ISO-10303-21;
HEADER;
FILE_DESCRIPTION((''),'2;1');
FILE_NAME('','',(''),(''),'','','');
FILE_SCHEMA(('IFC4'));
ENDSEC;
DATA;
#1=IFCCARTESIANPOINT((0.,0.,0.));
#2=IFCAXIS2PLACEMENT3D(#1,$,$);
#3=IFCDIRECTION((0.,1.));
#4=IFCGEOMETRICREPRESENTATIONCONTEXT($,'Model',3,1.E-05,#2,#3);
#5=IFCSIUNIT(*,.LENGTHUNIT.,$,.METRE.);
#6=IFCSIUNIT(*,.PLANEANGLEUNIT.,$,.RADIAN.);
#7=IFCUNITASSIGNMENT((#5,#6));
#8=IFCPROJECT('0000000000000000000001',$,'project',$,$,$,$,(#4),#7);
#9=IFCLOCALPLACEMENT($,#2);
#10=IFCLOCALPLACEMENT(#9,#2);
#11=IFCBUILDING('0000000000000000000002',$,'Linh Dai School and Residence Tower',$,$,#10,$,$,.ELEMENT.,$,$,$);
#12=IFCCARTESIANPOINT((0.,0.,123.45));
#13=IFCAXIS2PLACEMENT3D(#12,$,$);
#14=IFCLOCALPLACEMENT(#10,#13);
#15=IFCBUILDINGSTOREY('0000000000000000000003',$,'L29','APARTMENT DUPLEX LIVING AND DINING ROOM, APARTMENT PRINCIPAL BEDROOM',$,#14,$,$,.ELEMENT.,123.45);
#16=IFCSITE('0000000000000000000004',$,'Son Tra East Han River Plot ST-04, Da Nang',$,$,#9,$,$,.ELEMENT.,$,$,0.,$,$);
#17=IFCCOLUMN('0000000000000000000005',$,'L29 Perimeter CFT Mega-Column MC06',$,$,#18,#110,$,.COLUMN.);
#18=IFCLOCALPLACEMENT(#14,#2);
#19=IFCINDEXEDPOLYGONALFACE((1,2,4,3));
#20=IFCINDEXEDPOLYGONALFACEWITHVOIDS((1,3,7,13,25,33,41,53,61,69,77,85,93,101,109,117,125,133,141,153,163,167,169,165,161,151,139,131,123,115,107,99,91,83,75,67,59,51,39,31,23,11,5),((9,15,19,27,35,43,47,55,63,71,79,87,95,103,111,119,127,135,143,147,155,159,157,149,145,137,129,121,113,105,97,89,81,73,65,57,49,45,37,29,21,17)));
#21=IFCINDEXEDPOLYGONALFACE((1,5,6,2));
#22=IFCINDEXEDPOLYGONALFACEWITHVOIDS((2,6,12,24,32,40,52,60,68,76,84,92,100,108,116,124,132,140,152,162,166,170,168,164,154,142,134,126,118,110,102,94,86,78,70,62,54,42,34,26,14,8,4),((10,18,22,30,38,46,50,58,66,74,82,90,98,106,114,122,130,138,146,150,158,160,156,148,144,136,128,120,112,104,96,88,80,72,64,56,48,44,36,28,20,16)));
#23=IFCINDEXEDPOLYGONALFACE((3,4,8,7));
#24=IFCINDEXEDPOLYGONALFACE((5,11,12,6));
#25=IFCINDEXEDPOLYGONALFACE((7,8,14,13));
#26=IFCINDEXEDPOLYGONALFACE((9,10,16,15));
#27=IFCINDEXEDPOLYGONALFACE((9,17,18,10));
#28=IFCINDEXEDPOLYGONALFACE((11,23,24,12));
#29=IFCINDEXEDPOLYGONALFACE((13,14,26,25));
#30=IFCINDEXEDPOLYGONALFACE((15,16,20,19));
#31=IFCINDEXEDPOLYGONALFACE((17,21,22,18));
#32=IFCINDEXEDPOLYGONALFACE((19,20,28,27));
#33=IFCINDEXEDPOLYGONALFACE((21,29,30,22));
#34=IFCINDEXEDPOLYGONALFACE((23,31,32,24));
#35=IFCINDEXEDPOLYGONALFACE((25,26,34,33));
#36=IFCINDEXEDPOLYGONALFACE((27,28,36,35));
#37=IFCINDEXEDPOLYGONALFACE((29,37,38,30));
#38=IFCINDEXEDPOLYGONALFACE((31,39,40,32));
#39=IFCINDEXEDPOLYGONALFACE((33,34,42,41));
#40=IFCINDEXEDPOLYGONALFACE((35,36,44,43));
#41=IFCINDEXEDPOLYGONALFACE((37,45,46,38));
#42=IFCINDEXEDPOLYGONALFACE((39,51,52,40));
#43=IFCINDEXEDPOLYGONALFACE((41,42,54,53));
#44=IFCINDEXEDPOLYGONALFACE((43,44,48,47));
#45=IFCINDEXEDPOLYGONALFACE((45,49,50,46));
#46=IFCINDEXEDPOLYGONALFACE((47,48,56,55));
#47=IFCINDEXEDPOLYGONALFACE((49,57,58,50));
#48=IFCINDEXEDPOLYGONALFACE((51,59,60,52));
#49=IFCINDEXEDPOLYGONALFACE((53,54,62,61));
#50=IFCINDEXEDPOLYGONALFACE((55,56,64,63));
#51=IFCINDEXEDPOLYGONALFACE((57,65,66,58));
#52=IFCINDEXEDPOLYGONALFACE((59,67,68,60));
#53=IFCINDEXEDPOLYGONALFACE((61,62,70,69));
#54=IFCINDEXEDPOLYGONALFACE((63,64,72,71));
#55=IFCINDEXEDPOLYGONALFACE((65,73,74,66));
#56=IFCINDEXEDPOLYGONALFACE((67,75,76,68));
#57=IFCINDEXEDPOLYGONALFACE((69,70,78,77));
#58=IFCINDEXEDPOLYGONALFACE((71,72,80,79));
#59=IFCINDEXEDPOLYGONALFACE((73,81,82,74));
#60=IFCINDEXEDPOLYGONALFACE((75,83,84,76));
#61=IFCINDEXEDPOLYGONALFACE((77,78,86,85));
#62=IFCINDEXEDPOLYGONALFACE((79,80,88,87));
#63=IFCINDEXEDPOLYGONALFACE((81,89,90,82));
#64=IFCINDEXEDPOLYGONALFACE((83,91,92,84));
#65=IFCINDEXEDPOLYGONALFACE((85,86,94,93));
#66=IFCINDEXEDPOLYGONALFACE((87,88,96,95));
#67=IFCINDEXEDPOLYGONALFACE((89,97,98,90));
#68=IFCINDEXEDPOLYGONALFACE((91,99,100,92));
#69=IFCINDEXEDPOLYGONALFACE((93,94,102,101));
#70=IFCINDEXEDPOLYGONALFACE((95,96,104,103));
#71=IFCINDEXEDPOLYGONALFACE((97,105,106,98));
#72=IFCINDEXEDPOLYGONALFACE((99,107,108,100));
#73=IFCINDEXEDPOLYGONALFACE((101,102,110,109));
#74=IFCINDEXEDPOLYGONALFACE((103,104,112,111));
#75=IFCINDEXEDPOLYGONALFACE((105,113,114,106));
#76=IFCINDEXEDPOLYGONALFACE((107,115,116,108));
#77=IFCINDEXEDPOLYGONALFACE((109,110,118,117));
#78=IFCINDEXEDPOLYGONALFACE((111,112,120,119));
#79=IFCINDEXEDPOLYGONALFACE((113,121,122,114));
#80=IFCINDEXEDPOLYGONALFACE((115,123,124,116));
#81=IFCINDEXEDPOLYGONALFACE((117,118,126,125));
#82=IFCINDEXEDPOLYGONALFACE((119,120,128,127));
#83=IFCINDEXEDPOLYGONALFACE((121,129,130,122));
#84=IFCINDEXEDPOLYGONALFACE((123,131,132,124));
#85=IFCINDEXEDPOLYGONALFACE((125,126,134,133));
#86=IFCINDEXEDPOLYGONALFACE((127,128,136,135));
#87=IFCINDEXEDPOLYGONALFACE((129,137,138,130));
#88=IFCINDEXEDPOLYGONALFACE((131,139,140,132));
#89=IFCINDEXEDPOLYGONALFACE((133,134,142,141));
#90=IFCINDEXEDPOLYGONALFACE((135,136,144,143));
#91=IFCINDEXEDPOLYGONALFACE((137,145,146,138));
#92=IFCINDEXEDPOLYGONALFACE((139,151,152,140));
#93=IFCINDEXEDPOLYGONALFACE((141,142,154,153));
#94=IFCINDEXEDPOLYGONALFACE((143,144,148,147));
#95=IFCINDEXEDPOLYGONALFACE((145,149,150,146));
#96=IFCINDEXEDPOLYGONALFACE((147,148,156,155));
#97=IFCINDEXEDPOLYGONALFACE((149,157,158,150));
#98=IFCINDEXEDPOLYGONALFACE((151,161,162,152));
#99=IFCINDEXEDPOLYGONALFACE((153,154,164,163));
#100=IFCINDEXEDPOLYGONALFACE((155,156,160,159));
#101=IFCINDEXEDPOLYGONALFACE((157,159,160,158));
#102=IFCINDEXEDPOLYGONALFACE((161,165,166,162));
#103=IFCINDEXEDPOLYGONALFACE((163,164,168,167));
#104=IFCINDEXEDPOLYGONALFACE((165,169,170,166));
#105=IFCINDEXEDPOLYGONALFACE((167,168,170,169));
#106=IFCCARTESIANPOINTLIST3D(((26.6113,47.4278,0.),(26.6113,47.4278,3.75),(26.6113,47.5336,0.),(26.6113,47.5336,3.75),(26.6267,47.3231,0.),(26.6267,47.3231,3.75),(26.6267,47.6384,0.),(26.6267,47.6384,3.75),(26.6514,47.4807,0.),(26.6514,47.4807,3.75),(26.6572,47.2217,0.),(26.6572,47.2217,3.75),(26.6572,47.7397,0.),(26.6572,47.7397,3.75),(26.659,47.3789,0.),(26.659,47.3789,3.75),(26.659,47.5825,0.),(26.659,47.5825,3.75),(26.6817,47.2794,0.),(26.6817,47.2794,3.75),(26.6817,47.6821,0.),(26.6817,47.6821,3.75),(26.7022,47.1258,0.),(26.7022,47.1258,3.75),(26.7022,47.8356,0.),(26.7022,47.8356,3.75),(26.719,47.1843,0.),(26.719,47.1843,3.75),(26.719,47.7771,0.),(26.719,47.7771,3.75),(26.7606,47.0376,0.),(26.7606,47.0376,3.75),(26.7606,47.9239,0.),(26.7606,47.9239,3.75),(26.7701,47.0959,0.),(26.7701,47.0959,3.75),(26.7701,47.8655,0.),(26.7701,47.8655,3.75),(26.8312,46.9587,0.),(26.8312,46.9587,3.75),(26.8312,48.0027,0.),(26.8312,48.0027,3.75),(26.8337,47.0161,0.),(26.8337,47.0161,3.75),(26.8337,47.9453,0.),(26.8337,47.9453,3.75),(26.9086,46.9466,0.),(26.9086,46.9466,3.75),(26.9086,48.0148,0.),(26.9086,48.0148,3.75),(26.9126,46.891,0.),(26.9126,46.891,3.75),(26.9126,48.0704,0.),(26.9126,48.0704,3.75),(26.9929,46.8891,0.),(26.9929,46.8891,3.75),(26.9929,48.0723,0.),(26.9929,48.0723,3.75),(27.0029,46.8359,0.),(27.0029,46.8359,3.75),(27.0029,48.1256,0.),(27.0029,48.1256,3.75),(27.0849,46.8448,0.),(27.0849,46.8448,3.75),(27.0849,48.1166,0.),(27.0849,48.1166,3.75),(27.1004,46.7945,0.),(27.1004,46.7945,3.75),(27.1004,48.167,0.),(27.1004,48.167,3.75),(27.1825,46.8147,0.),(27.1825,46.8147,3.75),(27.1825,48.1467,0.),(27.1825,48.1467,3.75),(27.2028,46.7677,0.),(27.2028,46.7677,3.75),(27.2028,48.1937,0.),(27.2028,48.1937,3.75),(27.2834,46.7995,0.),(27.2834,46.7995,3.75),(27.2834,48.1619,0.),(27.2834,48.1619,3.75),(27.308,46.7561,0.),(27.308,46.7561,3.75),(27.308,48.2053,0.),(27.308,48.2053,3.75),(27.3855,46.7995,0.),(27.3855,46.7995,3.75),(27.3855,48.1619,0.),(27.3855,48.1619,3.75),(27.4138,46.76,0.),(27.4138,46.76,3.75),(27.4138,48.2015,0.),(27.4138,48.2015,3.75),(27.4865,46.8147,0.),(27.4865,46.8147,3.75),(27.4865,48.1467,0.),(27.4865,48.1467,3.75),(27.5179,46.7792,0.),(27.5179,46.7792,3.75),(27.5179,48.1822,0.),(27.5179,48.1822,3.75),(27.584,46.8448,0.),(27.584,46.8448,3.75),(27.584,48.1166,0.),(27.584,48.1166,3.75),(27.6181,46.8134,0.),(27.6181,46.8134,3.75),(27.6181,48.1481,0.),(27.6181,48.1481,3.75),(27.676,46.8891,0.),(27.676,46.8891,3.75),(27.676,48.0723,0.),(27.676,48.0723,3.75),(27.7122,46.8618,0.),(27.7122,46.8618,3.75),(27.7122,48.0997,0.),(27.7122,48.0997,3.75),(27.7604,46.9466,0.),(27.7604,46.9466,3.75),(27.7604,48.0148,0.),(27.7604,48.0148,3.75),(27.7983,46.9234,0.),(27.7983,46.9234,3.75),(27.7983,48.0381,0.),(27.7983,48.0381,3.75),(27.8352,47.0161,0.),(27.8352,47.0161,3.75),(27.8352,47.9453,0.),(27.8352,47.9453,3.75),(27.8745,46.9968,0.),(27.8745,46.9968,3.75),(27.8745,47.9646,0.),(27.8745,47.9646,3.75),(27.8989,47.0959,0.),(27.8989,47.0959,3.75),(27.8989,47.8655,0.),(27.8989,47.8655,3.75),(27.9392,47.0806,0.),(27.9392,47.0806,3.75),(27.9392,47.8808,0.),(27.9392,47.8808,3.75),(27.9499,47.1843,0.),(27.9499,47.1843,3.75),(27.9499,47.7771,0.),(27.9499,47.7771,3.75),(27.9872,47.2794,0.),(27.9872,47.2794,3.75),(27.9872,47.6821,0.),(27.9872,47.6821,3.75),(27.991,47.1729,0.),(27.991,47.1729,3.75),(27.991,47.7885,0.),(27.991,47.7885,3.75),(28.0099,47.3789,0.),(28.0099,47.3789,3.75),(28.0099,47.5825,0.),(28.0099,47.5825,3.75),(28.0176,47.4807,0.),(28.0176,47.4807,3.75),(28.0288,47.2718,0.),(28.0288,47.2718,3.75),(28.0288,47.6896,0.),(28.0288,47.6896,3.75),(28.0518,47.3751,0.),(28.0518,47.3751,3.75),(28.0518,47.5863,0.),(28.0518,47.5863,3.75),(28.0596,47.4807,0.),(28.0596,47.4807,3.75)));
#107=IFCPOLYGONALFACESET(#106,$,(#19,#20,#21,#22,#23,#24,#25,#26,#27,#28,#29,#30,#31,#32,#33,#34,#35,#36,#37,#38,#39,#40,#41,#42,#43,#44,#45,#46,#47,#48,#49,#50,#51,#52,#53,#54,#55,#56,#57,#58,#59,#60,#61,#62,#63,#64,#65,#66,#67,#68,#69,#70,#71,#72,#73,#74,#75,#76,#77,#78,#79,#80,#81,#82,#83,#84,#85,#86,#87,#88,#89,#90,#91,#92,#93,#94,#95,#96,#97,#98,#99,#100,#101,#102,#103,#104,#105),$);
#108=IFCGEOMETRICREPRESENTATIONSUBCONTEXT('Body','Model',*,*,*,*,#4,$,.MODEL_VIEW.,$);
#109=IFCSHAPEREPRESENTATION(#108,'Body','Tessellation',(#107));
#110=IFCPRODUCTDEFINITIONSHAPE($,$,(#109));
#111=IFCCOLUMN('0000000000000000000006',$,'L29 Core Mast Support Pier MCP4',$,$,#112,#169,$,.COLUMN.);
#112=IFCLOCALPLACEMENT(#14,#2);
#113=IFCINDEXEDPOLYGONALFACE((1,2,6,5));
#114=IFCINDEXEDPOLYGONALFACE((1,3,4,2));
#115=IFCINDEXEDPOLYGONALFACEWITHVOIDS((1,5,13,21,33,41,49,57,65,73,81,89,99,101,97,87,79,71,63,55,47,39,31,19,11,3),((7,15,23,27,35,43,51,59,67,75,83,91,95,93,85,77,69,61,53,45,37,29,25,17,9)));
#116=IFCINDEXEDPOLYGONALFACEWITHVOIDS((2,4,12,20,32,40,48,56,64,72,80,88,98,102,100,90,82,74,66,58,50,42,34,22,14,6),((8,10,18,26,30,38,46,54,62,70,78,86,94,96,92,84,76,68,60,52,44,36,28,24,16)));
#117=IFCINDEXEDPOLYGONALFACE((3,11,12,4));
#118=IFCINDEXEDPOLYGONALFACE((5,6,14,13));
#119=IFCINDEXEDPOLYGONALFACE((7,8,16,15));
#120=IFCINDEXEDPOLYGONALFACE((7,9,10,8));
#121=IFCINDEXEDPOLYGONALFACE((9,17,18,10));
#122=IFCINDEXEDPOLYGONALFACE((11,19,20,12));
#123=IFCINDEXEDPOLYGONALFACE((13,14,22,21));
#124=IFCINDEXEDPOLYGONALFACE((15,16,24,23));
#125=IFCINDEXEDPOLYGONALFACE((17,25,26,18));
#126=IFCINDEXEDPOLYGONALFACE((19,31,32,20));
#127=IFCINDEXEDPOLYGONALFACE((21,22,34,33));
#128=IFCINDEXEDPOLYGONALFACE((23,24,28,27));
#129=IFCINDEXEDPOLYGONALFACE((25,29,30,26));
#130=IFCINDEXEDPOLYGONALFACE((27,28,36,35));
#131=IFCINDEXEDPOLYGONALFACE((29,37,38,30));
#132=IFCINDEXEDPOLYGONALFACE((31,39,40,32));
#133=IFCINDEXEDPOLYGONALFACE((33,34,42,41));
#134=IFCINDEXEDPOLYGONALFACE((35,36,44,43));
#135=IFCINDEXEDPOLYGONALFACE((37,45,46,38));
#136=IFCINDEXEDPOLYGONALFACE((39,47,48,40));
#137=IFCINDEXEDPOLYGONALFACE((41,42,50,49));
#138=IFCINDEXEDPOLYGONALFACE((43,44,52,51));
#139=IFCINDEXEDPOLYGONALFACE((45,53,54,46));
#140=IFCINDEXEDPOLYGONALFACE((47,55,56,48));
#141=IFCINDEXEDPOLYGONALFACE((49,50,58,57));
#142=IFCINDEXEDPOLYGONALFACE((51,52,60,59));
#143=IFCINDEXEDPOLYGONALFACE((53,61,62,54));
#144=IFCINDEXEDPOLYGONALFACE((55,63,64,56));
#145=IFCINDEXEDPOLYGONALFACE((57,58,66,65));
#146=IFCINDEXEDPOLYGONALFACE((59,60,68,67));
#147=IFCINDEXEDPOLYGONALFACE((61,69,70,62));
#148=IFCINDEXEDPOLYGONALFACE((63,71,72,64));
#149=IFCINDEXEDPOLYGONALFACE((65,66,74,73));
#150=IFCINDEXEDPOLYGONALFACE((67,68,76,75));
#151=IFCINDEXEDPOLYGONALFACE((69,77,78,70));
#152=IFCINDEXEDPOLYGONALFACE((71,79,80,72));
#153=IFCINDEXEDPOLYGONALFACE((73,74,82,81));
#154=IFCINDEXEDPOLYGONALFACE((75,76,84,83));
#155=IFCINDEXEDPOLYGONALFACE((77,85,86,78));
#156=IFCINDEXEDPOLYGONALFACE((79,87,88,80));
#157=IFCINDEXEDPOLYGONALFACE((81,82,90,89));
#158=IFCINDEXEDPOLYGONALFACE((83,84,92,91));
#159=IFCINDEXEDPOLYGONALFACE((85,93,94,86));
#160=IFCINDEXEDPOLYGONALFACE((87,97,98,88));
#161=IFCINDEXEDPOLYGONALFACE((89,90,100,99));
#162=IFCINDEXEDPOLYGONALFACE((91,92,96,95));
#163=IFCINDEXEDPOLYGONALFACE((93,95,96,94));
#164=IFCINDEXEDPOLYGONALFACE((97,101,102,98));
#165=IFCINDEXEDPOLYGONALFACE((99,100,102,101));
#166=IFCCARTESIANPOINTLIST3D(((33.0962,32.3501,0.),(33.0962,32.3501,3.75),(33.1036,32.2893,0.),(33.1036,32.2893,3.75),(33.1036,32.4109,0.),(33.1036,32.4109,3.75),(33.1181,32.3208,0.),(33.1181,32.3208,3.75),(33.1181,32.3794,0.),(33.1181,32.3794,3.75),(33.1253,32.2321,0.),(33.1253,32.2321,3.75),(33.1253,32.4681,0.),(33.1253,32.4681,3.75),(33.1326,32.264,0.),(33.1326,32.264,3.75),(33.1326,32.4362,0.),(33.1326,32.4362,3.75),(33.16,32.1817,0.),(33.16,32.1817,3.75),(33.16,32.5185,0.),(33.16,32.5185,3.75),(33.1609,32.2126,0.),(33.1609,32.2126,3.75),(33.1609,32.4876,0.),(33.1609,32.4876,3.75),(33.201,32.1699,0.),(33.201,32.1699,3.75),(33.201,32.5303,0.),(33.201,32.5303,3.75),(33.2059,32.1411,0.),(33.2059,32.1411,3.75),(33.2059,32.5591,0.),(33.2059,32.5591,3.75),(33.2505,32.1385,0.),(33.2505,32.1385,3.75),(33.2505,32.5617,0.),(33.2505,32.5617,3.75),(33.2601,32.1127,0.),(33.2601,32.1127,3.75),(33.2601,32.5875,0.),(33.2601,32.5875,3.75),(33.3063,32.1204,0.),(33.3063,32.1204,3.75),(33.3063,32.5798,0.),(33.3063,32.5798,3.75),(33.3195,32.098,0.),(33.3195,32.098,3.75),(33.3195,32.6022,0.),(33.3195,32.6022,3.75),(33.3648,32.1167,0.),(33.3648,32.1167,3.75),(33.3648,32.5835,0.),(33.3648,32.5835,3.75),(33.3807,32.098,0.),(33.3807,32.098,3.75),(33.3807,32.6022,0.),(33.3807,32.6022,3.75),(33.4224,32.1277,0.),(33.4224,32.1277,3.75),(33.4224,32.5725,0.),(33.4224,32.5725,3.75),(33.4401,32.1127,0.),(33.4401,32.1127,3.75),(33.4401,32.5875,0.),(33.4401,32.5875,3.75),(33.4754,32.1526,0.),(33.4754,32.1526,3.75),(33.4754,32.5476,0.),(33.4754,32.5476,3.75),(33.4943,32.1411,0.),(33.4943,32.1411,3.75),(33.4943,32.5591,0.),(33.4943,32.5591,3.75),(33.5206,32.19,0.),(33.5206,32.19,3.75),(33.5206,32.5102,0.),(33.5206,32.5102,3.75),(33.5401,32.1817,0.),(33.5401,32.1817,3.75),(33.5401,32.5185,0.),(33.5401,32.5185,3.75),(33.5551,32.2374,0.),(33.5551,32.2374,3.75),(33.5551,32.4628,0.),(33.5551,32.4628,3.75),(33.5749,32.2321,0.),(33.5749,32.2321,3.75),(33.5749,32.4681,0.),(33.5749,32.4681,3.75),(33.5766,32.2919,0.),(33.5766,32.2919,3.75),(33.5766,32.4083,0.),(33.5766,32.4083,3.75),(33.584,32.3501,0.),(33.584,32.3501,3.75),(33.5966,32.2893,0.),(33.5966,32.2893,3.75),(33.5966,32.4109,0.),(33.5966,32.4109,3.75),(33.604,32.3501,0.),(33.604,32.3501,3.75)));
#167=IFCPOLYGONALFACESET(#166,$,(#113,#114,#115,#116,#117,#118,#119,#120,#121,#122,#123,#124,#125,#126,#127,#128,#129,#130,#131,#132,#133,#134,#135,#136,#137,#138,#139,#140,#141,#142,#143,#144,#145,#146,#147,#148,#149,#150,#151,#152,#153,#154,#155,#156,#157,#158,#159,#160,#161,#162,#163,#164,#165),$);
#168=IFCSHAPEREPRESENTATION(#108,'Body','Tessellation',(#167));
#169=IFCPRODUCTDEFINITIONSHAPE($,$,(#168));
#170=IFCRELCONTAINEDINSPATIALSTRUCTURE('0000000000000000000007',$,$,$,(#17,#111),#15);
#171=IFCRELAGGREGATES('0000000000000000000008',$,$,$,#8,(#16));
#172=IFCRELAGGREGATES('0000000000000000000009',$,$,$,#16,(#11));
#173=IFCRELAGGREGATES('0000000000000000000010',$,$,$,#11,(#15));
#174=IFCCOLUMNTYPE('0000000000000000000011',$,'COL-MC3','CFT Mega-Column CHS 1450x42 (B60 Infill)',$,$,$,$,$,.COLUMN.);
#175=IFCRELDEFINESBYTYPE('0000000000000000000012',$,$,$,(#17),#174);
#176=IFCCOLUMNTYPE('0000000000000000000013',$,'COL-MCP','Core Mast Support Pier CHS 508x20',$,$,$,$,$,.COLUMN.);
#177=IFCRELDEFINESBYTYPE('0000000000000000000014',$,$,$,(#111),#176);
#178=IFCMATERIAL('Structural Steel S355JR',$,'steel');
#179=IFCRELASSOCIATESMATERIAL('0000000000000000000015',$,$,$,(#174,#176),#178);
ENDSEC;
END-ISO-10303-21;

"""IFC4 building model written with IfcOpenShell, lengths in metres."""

from ifc_helpers import new_model, si_unit, direction, frame, origin, origin_2d, place, context, subcontext, project, spatial, hollow_circle, extrude, material, material_profile, profile_set, type_object, element, save


model = new_model("IFC4")

# Units and contexts
model_context = context("Model", 3, precision=1e-05, world=origin(), true_north=direction((0.0, 1.0)))
body_context = subcontext(model_context, "Body", "Model", "MODEL_VIEW")
ifc_project = project(units=[si_unit("LENGTHUNIT", "METRE"), si_unit("PLANEANGLEUNIT", "RADIAN")], contexts=[model_context])

# Site, building, storey
site_placement = place(None, origin())
site = spatial("IfcSite", under=ifc_project, at=site_placement, Name="Son Tra East Han River Plot ST-04, Da Nang", CompositionType="ELEMENT", RefElevation=0.0)
building_placement = place(site_placement, origin())
building = spatial("IfcBuilding", under=site, at=building_placement, Name="Linh Dai School and Residence Tower", CompositionType="ELEMENT")
storey_placement = place(building_placement, frame((0.0, 0.0, 123.45)))
storey = spatial("IfcBuildingStorey", under=building, at=storey_placement, Name="L29", Description="APARTMENT DUPLEX LIVING AND DINING ROOM, APARTMENT PRINCIPAL BEDROOM", CompositionType="ELEMENT", Elevation=123.45)

# Columns
ifc_material_1 = material(Name="Structural Steel S355JR", Category="steel")
ifc_material_profile_1 = material_profile(ifc_material_1, hollow_circle(Radius=0.7251, WallThickness=0.042, at=origin_2d()), Name="CHS 1450x42")
ifc_profile_set_1 = profile_set([ifc_material_profile_1], Name="Structural Steel S355JR")
column_type_1 = type_object("IfcColumnType", Name="COL-MC3", Description="CFT Mega-Column CHS 1450x42 (B60 Infill)", PredefinedType="COLUMN", material=ifc_profile_set_1)
column_1_placement = place(storey_placement, frame((27.3345, 47.4807, 0.0), z_axis=(0.0, 0.0, 1.0), x_axis=(1.0, 0.0, 0.0)))
element("IfcColumn", 1, at=column_1_placement, inside=storey, type_object=column_type_1, Name="L29 Perimeter CFT Mega-Column MC06", PredefinedType="COLUMN", context=body_context, shape_type="SweptSolid", body=[
    extrude(hollow_circle(Radius=0.7251, WallThickness=0.042, at=origin_2d()), origin(), (0.0, 0.0, 1.0), 3.75),
])
ifc_material_profile_2 = material_profile(ifc_material_1, hollow_circle(Radius=0.2539, WallThickness=0.02, at=origin_2d()), Name="CHS 508x20")
ifc_profile_set_2 = profile_set([ifc_material_profile_2], Name="Structural Steel S355JR")
column_type_2 = type_object("IfcColumnType", Name="COL-MCP", Description="Core Mast Support Pier CHS 508x20", PredefinedType="COLUMN", material=ifc_profile_set_2)
column_2_placement = place(storey_placement, frame((33.3501, 32.3501, 0.0), z_axis=(0.0, 0.0, 1.0), x_axis=(1.0, 0.0, 0.0)))
element("IfcColumn", 2, at=column_2_placement, inside=storey, type_object=column_type_2, Name="L29 Core Mast Support Pier MCP4", PredefinedType="COLUMN", context=body_context, shape_type="SweptSolid", body=[
    extrude(hollow_circle(Radius=0.2539, WallThickness=0.02, at=origin_2d()), origin(), (0.0, 0.0, 1.0), 3.75),
])

save(model, "model.ifc")
